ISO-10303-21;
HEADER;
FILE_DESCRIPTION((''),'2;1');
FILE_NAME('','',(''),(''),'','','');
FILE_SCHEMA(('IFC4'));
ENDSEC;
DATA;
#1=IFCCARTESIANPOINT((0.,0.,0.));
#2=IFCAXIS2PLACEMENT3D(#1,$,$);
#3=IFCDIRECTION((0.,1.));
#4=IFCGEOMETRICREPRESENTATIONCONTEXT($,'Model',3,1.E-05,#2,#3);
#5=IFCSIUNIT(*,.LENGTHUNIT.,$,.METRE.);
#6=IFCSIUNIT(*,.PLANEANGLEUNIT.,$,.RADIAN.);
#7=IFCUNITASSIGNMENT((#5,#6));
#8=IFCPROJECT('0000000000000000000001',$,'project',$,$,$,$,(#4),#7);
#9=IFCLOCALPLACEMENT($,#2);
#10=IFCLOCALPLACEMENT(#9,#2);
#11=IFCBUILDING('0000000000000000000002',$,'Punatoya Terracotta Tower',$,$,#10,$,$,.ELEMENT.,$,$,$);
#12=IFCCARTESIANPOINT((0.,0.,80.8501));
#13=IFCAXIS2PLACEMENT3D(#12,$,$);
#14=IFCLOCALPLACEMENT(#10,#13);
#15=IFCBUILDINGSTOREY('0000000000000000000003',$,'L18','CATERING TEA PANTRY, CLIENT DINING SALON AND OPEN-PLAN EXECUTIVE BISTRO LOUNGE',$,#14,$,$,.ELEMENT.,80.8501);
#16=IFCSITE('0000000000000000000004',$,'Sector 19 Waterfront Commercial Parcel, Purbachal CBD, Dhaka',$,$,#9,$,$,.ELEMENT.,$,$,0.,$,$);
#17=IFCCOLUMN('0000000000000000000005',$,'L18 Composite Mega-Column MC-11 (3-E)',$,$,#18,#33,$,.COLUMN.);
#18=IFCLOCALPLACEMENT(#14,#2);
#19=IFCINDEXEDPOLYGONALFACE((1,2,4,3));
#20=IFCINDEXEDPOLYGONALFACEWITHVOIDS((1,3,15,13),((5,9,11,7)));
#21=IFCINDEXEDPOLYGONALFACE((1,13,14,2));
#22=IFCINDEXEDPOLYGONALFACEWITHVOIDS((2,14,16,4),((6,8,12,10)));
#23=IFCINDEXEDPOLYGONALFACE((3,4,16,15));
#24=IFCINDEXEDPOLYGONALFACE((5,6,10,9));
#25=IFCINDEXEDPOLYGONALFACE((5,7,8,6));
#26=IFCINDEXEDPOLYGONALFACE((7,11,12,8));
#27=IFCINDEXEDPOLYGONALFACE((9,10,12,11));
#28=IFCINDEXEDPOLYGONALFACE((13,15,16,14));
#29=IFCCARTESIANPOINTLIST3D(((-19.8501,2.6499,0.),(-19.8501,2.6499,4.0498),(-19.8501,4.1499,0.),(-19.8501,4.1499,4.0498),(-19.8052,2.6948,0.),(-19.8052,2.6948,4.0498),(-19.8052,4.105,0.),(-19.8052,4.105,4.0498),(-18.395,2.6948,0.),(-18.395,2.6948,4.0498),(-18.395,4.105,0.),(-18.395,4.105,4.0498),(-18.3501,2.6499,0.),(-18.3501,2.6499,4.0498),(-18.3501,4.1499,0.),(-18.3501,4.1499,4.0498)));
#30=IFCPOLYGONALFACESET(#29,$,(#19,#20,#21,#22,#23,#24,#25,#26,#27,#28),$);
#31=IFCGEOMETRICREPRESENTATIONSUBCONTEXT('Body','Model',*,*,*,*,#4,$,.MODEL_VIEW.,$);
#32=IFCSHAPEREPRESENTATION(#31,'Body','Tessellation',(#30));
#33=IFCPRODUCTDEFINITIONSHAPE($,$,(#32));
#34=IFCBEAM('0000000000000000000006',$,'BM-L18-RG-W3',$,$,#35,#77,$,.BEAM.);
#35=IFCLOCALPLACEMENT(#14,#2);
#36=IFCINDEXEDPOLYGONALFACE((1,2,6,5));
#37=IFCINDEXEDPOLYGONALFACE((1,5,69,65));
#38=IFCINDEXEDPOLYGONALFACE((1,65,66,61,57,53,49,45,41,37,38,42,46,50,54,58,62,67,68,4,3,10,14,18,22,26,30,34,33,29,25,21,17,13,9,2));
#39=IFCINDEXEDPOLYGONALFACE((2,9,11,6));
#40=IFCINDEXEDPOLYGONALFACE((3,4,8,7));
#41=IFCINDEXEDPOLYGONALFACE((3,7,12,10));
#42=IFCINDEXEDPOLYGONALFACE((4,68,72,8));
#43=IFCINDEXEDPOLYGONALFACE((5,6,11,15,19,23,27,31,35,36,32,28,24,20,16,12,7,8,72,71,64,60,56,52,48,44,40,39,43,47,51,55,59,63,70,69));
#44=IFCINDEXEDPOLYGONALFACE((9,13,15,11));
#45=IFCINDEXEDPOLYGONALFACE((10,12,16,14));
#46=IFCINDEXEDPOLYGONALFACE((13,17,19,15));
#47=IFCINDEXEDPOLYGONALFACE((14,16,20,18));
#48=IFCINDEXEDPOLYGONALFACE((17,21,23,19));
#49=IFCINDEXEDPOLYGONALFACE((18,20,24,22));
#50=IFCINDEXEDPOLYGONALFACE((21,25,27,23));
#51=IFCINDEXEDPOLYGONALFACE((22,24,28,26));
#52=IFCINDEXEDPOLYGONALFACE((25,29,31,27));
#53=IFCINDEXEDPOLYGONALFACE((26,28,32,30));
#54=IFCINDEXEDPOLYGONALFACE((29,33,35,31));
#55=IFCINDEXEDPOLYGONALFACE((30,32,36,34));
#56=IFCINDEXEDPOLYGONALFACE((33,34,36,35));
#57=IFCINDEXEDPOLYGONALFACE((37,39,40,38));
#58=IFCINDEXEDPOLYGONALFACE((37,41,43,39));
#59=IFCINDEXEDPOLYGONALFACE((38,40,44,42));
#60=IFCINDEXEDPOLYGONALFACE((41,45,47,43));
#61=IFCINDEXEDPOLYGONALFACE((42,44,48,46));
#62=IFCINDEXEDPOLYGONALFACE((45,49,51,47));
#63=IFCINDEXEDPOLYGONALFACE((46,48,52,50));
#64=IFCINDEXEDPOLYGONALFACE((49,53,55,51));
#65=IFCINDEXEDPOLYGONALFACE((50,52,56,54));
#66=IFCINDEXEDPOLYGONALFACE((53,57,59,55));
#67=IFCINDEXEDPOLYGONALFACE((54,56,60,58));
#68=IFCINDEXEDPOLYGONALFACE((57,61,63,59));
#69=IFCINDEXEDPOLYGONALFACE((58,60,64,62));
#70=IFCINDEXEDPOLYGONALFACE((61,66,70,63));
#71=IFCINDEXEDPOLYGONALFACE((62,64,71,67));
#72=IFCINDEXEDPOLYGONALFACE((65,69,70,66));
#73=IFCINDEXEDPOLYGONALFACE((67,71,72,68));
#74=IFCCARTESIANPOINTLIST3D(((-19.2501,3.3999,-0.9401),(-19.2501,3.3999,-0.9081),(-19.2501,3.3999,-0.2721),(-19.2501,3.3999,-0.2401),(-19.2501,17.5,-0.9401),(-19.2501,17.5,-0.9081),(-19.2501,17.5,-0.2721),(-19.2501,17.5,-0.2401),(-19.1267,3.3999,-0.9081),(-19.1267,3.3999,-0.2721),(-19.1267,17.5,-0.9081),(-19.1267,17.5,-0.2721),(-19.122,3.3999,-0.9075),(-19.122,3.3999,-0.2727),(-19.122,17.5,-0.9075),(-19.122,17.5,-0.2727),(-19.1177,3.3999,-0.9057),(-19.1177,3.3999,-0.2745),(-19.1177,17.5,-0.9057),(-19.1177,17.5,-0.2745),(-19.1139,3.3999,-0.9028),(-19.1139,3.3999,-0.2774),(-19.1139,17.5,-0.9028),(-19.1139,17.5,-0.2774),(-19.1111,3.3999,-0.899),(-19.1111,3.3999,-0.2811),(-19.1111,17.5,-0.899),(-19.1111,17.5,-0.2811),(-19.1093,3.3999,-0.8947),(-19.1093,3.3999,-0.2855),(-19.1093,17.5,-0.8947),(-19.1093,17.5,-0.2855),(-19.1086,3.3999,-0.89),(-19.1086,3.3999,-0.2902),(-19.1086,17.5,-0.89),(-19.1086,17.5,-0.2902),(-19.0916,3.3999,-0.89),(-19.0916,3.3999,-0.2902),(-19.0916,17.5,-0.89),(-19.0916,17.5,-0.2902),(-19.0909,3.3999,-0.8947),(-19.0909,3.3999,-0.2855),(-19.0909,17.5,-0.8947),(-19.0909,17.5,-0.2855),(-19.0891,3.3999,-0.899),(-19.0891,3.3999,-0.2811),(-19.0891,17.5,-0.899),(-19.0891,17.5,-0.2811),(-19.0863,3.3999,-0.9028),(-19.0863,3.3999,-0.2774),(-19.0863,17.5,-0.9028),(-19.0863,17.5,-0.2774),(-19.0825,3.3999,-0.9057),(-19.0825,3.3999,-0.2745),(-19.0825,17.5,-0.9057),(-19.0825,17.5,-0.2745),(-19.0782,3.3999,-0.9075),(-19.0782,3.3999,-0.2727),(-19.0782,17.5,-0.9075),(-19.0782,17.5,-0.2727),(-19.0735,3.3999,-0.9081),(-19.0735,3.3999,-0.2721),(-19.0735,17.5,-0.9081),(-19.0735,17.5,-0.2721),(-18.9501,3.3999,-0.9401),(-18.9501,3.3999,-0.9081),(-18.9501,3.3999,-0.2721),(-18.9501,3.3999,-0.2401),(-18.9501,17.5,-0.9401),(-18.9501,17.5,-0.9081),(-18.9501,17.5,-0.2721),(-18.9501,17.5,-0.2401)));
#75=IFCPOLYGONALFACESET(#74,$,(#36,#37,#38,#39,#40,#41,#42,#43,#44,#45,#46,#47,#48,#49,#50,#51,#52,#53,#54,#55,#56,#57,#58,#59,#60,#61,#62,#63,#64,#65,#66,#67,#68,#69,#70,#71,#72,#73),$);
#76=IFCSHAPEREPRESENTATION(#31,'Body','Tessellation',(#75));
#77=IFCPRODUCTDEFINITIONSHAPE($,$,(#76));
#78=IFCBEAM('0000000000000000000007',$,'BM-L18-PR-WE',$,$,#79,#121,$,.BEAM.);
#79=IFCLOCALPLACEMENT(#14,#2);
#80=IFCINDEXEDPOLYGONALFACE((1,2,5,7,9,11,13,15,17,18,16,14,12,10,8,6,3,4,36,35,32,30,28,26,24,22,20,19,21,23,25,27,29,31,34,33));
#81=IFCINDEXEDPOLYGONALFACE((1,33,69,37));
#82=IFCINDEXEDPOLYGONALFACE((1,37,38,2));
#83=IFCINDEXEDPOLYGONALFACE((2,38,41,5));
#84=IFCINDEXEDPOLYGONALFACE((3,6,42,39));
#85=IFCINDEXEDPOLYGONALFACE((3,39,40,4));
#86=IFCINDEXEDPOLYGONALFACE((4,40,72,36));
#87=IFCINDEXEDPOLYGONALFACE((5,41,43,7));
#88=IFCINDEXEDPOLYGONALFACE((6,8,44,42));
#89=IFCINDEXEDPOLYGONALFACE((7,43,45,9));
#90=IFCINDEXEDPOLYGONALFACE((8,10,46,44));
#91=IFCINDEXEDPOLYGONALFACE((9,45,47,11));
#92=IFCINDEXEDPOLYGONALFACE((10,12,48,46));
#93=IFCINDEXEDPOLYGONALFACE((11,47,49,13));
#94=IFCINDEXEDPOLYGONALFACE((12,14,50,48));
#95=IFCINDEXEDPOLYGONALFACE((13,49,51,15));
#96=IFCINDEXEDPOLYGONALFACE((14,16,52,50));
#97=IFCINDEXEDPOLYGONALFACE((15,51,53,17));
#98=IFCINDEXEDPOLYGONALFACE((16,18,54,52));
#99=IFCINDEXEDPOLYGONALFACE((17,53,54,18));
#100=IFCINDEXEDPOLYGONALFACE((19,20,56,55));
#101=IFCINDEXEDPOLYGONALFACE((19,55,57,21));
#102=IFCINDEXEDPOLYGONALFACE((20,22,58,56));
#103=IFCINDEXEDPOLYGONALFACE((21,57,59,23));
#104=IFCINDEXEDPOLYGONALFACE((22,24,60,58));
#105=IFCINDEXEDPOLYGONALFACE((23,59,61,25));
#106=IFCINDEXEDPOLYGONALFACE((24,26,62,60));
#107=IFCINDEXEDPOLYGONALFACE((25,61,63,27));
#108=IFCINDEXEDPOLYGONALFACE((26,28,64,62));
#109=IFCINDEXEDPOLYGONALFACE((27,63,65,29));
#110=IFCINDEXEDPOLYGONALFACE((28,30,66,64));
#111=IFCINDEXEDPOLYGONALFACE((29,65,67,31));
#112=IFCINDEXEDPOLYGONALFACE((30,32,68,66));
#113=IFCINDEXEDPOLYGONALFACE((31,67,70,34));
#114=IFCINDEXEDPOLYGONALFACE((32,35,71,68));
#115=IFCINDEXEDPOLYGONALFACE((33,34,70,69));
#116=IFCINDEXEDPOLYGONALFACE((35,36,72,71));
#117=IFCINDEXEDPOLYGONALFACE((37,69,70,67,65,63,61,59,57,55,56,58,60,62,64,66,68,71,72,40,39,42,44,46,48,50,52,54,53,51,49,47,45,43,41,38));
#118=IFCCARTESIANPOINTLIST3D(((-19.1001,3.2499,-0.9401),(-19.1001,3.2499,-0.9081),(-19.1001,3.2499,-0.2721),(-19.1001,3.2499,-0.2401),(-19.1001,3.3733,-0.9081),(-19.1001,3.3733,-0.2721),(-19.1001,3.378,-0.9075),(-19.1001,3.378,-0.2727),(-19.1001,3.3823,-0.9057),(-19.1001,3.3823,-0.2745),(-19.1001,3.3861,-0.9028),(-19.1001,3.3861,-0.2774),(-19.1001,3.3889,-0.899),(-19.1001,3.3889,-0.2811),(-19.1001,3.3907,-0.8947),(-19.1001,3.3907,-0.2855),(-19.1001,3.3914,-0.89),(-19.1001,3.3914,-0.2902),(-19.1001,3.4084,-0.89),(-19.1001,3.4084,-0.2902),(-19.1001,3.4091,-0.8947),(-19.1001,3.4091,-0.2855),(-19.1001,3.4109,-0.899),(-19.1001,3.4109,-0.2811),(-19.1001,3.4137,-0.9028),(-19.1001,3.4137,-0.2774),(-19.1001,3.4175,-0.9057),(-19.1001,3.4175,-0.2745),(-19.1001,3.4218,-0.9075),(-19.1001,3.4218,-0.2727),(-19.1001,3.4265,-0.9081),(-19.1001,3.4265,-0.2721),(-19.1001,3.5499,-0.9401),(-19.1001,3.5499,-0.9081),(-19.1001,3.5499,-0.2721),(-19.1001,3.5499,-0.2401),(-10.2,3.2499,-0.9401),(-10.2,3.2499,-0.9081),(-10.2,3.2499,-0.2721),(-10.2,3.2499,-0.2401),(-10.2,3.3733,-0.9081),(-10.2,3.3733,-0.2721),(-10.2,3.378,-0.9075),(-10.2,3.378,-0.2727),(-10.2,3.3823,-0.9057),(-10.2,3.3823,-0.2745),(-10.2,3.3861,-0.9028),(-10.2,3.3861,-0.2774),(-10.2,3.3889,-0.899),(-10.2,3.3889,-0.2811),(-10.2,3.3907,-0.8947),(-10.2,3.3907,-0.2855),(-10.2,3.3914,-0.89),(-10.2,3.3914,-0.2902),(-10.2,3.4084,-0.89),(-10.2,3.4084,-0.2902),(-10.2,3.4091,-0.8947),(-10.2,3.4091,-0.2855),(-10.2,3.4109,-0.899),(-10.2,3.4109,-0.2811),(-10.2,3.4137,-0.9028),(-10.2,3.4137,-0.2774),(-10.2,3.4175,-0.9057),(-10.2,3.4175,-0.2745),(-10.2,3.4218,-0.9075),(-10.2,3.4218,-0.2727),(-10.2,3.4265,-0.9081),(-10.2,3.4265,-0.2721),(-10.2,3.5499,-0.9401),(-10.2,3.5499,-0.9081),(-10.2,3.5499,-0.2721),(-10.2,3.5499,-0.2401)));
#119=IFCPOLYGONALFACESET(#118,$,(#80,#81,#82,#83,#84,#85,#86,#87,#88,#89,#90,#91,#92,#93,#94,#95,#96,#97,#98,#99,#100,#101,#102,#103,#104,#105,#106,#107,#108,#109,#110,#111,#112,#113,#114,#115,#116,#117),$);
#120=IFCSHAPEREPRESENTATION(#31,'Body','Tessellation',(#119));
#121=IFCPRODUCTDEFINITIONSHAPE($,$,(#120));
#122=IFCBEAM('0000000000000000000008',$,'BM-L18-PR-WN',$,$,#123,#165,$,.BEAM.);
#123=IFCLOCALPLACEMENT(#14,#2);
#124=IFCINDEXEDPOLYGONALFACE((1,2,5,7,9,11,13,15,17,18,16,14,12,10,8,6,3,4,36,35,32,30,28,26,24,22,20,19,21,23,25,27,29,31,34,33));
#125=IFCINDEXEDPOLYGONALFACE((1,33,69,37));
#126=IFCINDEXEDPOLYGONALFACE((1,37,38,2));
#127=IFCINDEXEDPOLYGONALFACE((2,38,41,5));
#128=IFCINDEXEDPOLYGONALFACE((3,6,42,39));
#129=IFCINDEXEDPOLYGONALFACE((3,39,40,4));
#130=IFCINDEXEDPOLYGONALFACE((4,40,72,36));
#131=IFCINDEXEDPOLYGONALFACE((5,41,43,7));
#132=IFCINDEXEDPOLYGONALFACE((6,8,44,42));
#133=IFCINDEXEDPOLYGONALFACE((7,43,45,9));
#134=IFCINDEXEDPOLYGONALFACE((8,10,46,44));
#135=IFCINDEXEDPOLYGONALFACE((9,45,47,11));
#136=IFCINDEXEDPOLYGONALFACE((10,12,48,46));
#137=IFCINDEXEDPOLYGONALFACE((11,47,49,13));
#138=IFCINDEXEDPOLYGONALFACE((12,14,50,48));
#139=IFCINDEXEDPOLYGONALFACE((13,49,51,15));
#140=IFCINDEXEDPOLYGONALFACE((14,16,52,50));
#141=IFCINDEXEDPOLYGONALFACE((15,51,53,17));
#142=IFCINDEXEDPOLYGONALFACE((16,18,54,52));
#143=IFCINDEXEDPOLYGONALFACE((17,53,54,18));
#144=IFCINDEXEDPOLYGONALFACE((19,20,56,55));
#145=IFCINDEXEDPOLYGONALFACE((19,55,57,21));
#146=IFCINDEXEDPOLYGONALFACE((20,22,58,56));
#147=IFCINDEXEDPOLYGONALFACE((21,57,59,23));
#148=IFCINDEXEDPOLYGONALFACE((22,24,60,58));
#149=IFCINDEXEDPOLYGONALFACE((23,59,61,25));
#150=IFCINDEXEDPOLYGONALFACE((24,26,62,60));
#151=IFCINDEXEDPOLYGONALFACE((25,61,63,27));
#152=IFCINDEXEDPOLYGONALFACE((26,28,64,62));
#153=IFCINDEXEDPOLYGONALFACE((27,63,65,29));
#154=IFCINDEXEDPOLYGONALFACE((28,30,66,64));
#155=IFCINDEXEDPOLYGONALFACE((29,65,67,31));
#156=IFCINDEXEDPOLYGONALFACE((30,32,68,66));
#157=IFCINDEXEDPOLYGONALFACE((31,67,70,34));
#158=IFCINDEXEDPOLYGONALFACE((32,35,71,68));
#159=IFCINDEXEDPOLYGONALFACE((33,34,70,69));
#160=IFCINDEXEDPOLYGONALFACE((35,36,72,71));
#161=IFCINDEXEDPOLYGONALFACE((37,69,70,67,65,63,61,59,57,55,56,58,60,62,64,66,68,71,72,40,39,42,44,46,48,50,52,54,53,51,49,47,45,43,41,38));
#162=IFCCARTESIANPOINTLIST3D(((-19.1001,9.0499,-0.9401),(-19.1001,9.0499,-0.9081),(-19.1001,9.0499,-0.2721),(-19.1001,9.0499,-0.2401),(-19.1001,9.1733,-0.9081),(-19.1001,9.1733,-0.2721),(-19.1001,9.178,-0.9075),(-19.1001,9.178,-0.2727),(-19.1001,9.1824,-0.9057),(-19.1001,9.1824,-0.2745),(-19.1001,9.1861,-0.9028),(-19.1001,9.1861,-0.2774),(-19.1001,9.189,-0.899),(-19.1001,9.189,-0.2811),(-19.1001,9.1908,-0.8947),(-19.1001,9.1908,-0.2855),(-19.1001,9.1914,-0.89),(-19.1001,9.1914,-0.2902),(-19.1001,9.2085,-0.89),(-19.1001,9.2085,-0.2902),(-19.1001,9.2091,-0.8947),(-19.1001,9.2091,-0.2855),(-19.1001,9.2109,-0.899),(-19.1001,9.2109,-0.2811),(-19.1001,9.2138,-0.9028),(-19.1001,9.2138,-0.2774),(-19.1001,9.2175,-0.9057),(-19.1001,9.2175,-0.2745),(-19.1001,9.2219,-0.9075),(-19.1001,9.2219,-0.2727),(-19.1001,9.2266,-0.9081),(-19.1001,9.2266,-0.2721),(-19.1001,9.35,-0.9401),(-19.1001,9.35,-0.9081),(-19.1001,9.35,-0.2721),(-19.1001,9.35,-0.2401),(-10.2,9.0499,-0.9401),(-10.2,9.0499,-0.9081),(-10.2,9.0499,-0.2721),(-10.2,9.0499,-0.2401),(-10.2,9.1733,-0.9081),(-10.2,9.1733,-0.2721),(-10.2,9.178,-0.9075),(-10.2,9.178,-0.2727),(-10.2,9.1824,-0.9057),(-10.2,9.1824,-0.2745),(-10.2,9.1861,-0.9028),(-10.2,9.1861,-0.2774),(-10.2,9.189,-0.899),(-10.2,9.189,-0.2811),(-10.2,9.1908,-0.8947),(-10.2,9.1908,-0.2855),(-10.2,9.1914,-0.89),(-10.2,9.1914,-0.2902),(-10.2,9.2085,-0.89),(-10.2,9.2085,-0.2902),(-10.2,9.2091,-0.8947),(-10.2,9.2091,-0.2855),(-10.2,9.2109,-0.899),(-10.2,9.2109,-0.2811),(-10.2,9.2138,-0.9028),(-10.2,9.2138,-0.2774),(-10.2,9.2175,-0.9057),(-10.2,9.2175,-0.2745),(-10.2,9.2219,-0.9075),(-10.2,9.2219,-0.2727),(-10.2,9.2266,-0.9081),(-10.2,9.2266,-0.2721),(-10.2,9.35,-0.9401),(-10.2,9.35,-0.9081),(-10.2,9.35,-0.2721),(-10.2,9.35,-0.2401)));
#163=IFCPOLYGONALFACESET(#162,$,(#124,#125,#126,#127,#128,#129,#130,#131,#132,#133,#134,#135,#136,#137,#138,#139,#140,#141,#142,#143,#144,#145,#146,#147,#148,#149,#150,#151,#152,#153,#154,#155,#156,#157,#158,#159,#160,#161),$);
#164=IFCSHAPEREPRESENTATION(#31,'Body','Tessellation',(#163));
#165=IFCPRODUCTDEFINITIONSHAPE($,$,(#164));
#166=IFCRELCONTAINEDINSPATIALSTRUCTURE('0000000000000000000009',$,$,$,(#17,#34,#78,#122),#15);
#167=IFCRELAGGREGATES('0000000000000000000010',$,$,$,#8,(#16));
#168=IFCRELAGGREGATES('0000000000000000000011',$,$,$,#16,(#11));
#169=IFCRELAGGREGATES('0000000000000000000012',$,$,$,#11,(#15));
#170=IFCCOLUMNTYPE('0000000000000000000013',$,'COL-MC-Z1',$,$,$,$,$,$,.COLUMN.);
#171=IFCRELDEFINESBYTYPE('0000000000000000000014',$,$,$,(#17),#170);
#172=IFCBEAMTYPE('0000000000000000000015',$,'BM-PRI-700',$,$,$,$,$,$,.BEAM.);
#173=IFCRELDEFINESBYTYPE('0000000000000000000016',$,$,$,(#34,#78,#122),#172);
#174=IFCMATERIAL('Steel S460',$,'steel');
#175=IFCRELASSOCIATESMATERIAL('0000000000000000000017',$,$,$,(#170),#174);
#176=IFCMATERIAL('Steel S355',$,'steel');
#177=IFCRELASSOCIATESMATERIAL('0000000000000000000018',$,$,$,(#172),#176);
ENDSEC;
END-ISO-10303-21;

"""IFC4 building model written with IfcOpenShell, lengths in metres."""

from ifc_helpers import new_model, si_unit, direction, frame, origin, origin_2d, place, context, subcontext, project, spatial, hollow_rectangle, i_section, extrude, material, material_profile, profile_set, type_object, element, save


model = new_model("IFC4")

# Units and contexts
model_context = context("Model", 3, precision=1e-05, world=origin(), true_north=direction((0.0, 1.0)))
body_context = subcontext(model_context, "Body", "Model", "MODEL_VIEW")
ifc_project = project(units=[si_unit("LENGTHUNIT", "METRE"), si_unit("PLANEANGLEUNIT", "RADIAN")], contexts=[model_context])

# Site, building, storey
site_placement = place(None, origin())
site = spatial("IfcSite", under=ifc_project, at=site_placement, Name="Sector 19 Waterfront Commercial Parcel, Purbachal CBD, Dhaka", CompositionType="ELEMENT", RefElevation=0.0)
building_placement = place(site_placement, origin())
building = spatial("IfcBuilding", under=site, at=building_placement, Name="Punatoya Terracotta Tower", CompositionType="ELEMENT")
storey_placement = place(building_placement, frame((0.0, 0.0, 80.8501)))
storey = spatial("IfcBuildingStorey", under=building, at=storey_placement, Name="L18", Description="CATERING TEA PANTRY, CLIENT DINING SALON AND OPEN-PLAN EXECUTIVE BISTRO LOUNGE", CompositionType="ELEMENT", Elevation=80.8501)

# Column
ifc_material_1 = material(Name="Steel S460", Category="steel")
ifc_material_profile_1 = material_profile(ifc_material_1, hollow_rectangle(XDim=1.5, YDim=1.5, WallThickness=0.0449, at=origin_2d()))
ifc_profile_set_1 = profile_set([ifc_material_profile_1], Name="Steel S460")
column_type = type_object("IfcColumnType", Name="COL-MC-Z1", PredefinedType="COLUMN", material=ifc_profile_set_1)
column_placement = place(storey_placement, frame((-19.1001, 3.3999, 0.0), z_axis=(0.0, 0.0, 1.0), x_axis=(1.0, 0.0, 0.0)))
element("IfcColumn", 1, at=column_placement, inside=storey, type_object=column_type, Name="L18 Composite Mega-Column MC-11 (3-E)", PredefinedType="COLUMN", context=body_context, shape_type="SweptSolid", body=[
    extrude(hollow_rectangle(XDim=1.5, YDim=1.5, WallThickness=0.0449, at=origin_2d()), origin(), (0.0, 0.0, 1.0), 4.0498),
])

# Beams
ifc_material_2 = material(Name="Steel S355", Category="steel")
ifc_material_profile_2 = material_profile(ifc_material_2, i_section(OverallWidth=0.3, OverallDepth=0.7, WebThickness=0.0171, FlangeThickness=0.032, FilletRadius=0.0181, at=origin_2d()))
ifc_profile_set_2 = profile_set([ifc_material_profile_2], Name="Steel S355")
beam_type_1 = type_object("IfcBeamType", Name="BM-PRI-700", PredefinedType="BEAM", material=ifc_profile_set_2)
beam_1_placement = place(storey_placement, frame((-19.1001, 3.3999, -0.5901), z_axis=(0.0, 1.0, 0.0), x_axis=(-1.0, 0.0, 0.0)))
element("IfcBeam", 2, at=beam_1_placement, inside=storey, type_object=beam_type_1, Name="BM-L18-RG-W3", PredefinedType="BEAM", context=body_context, shape_type="SweptSolid", body=[
    extrude(i_section(OverallWidth=0.3, OverallDepth=0.7, WebThickness=0.0171, FlangeThickness=0.032, FilletRadius=0.0181, at=origin_2d()), origin(), (0.0, 0.0, 1.0), 14.1001),
])
for number, where, z_axis, x_axis, name in (
    (3, (-19.1001, 3.3999, -0.5901), (1.0, 0.0, 0.0), (0.0, 1.0, 0.0), "BM-L18-PR-WE"),
    (4, (-19.1001, 9.2, -0.5901), (1.0, 0.0, 0.0), (0.0, 1.0, 0.0), "BM-L18-PR-WN"),
):
    element("IfcBeam", number, at=place(storey_placement, frame(where, z_axis=z_axis, x_axis=x_axis)), inside=storey, type_object=beam_type_1, Name=name, PredefinedType="BEAM", context=body_context, shape_type="SweptSolid", body=[
        extrude(i_section(OverallWidth=0.3, OverallDepth=0.7, WebThickness=0.0171, FlangeThickness=0.032, FilletRadius=0.0181, at=origin_2d()), origin(), (0.0, 0.0, 1.0), 8.9001),
    ])

save(model, "model.ifc")
